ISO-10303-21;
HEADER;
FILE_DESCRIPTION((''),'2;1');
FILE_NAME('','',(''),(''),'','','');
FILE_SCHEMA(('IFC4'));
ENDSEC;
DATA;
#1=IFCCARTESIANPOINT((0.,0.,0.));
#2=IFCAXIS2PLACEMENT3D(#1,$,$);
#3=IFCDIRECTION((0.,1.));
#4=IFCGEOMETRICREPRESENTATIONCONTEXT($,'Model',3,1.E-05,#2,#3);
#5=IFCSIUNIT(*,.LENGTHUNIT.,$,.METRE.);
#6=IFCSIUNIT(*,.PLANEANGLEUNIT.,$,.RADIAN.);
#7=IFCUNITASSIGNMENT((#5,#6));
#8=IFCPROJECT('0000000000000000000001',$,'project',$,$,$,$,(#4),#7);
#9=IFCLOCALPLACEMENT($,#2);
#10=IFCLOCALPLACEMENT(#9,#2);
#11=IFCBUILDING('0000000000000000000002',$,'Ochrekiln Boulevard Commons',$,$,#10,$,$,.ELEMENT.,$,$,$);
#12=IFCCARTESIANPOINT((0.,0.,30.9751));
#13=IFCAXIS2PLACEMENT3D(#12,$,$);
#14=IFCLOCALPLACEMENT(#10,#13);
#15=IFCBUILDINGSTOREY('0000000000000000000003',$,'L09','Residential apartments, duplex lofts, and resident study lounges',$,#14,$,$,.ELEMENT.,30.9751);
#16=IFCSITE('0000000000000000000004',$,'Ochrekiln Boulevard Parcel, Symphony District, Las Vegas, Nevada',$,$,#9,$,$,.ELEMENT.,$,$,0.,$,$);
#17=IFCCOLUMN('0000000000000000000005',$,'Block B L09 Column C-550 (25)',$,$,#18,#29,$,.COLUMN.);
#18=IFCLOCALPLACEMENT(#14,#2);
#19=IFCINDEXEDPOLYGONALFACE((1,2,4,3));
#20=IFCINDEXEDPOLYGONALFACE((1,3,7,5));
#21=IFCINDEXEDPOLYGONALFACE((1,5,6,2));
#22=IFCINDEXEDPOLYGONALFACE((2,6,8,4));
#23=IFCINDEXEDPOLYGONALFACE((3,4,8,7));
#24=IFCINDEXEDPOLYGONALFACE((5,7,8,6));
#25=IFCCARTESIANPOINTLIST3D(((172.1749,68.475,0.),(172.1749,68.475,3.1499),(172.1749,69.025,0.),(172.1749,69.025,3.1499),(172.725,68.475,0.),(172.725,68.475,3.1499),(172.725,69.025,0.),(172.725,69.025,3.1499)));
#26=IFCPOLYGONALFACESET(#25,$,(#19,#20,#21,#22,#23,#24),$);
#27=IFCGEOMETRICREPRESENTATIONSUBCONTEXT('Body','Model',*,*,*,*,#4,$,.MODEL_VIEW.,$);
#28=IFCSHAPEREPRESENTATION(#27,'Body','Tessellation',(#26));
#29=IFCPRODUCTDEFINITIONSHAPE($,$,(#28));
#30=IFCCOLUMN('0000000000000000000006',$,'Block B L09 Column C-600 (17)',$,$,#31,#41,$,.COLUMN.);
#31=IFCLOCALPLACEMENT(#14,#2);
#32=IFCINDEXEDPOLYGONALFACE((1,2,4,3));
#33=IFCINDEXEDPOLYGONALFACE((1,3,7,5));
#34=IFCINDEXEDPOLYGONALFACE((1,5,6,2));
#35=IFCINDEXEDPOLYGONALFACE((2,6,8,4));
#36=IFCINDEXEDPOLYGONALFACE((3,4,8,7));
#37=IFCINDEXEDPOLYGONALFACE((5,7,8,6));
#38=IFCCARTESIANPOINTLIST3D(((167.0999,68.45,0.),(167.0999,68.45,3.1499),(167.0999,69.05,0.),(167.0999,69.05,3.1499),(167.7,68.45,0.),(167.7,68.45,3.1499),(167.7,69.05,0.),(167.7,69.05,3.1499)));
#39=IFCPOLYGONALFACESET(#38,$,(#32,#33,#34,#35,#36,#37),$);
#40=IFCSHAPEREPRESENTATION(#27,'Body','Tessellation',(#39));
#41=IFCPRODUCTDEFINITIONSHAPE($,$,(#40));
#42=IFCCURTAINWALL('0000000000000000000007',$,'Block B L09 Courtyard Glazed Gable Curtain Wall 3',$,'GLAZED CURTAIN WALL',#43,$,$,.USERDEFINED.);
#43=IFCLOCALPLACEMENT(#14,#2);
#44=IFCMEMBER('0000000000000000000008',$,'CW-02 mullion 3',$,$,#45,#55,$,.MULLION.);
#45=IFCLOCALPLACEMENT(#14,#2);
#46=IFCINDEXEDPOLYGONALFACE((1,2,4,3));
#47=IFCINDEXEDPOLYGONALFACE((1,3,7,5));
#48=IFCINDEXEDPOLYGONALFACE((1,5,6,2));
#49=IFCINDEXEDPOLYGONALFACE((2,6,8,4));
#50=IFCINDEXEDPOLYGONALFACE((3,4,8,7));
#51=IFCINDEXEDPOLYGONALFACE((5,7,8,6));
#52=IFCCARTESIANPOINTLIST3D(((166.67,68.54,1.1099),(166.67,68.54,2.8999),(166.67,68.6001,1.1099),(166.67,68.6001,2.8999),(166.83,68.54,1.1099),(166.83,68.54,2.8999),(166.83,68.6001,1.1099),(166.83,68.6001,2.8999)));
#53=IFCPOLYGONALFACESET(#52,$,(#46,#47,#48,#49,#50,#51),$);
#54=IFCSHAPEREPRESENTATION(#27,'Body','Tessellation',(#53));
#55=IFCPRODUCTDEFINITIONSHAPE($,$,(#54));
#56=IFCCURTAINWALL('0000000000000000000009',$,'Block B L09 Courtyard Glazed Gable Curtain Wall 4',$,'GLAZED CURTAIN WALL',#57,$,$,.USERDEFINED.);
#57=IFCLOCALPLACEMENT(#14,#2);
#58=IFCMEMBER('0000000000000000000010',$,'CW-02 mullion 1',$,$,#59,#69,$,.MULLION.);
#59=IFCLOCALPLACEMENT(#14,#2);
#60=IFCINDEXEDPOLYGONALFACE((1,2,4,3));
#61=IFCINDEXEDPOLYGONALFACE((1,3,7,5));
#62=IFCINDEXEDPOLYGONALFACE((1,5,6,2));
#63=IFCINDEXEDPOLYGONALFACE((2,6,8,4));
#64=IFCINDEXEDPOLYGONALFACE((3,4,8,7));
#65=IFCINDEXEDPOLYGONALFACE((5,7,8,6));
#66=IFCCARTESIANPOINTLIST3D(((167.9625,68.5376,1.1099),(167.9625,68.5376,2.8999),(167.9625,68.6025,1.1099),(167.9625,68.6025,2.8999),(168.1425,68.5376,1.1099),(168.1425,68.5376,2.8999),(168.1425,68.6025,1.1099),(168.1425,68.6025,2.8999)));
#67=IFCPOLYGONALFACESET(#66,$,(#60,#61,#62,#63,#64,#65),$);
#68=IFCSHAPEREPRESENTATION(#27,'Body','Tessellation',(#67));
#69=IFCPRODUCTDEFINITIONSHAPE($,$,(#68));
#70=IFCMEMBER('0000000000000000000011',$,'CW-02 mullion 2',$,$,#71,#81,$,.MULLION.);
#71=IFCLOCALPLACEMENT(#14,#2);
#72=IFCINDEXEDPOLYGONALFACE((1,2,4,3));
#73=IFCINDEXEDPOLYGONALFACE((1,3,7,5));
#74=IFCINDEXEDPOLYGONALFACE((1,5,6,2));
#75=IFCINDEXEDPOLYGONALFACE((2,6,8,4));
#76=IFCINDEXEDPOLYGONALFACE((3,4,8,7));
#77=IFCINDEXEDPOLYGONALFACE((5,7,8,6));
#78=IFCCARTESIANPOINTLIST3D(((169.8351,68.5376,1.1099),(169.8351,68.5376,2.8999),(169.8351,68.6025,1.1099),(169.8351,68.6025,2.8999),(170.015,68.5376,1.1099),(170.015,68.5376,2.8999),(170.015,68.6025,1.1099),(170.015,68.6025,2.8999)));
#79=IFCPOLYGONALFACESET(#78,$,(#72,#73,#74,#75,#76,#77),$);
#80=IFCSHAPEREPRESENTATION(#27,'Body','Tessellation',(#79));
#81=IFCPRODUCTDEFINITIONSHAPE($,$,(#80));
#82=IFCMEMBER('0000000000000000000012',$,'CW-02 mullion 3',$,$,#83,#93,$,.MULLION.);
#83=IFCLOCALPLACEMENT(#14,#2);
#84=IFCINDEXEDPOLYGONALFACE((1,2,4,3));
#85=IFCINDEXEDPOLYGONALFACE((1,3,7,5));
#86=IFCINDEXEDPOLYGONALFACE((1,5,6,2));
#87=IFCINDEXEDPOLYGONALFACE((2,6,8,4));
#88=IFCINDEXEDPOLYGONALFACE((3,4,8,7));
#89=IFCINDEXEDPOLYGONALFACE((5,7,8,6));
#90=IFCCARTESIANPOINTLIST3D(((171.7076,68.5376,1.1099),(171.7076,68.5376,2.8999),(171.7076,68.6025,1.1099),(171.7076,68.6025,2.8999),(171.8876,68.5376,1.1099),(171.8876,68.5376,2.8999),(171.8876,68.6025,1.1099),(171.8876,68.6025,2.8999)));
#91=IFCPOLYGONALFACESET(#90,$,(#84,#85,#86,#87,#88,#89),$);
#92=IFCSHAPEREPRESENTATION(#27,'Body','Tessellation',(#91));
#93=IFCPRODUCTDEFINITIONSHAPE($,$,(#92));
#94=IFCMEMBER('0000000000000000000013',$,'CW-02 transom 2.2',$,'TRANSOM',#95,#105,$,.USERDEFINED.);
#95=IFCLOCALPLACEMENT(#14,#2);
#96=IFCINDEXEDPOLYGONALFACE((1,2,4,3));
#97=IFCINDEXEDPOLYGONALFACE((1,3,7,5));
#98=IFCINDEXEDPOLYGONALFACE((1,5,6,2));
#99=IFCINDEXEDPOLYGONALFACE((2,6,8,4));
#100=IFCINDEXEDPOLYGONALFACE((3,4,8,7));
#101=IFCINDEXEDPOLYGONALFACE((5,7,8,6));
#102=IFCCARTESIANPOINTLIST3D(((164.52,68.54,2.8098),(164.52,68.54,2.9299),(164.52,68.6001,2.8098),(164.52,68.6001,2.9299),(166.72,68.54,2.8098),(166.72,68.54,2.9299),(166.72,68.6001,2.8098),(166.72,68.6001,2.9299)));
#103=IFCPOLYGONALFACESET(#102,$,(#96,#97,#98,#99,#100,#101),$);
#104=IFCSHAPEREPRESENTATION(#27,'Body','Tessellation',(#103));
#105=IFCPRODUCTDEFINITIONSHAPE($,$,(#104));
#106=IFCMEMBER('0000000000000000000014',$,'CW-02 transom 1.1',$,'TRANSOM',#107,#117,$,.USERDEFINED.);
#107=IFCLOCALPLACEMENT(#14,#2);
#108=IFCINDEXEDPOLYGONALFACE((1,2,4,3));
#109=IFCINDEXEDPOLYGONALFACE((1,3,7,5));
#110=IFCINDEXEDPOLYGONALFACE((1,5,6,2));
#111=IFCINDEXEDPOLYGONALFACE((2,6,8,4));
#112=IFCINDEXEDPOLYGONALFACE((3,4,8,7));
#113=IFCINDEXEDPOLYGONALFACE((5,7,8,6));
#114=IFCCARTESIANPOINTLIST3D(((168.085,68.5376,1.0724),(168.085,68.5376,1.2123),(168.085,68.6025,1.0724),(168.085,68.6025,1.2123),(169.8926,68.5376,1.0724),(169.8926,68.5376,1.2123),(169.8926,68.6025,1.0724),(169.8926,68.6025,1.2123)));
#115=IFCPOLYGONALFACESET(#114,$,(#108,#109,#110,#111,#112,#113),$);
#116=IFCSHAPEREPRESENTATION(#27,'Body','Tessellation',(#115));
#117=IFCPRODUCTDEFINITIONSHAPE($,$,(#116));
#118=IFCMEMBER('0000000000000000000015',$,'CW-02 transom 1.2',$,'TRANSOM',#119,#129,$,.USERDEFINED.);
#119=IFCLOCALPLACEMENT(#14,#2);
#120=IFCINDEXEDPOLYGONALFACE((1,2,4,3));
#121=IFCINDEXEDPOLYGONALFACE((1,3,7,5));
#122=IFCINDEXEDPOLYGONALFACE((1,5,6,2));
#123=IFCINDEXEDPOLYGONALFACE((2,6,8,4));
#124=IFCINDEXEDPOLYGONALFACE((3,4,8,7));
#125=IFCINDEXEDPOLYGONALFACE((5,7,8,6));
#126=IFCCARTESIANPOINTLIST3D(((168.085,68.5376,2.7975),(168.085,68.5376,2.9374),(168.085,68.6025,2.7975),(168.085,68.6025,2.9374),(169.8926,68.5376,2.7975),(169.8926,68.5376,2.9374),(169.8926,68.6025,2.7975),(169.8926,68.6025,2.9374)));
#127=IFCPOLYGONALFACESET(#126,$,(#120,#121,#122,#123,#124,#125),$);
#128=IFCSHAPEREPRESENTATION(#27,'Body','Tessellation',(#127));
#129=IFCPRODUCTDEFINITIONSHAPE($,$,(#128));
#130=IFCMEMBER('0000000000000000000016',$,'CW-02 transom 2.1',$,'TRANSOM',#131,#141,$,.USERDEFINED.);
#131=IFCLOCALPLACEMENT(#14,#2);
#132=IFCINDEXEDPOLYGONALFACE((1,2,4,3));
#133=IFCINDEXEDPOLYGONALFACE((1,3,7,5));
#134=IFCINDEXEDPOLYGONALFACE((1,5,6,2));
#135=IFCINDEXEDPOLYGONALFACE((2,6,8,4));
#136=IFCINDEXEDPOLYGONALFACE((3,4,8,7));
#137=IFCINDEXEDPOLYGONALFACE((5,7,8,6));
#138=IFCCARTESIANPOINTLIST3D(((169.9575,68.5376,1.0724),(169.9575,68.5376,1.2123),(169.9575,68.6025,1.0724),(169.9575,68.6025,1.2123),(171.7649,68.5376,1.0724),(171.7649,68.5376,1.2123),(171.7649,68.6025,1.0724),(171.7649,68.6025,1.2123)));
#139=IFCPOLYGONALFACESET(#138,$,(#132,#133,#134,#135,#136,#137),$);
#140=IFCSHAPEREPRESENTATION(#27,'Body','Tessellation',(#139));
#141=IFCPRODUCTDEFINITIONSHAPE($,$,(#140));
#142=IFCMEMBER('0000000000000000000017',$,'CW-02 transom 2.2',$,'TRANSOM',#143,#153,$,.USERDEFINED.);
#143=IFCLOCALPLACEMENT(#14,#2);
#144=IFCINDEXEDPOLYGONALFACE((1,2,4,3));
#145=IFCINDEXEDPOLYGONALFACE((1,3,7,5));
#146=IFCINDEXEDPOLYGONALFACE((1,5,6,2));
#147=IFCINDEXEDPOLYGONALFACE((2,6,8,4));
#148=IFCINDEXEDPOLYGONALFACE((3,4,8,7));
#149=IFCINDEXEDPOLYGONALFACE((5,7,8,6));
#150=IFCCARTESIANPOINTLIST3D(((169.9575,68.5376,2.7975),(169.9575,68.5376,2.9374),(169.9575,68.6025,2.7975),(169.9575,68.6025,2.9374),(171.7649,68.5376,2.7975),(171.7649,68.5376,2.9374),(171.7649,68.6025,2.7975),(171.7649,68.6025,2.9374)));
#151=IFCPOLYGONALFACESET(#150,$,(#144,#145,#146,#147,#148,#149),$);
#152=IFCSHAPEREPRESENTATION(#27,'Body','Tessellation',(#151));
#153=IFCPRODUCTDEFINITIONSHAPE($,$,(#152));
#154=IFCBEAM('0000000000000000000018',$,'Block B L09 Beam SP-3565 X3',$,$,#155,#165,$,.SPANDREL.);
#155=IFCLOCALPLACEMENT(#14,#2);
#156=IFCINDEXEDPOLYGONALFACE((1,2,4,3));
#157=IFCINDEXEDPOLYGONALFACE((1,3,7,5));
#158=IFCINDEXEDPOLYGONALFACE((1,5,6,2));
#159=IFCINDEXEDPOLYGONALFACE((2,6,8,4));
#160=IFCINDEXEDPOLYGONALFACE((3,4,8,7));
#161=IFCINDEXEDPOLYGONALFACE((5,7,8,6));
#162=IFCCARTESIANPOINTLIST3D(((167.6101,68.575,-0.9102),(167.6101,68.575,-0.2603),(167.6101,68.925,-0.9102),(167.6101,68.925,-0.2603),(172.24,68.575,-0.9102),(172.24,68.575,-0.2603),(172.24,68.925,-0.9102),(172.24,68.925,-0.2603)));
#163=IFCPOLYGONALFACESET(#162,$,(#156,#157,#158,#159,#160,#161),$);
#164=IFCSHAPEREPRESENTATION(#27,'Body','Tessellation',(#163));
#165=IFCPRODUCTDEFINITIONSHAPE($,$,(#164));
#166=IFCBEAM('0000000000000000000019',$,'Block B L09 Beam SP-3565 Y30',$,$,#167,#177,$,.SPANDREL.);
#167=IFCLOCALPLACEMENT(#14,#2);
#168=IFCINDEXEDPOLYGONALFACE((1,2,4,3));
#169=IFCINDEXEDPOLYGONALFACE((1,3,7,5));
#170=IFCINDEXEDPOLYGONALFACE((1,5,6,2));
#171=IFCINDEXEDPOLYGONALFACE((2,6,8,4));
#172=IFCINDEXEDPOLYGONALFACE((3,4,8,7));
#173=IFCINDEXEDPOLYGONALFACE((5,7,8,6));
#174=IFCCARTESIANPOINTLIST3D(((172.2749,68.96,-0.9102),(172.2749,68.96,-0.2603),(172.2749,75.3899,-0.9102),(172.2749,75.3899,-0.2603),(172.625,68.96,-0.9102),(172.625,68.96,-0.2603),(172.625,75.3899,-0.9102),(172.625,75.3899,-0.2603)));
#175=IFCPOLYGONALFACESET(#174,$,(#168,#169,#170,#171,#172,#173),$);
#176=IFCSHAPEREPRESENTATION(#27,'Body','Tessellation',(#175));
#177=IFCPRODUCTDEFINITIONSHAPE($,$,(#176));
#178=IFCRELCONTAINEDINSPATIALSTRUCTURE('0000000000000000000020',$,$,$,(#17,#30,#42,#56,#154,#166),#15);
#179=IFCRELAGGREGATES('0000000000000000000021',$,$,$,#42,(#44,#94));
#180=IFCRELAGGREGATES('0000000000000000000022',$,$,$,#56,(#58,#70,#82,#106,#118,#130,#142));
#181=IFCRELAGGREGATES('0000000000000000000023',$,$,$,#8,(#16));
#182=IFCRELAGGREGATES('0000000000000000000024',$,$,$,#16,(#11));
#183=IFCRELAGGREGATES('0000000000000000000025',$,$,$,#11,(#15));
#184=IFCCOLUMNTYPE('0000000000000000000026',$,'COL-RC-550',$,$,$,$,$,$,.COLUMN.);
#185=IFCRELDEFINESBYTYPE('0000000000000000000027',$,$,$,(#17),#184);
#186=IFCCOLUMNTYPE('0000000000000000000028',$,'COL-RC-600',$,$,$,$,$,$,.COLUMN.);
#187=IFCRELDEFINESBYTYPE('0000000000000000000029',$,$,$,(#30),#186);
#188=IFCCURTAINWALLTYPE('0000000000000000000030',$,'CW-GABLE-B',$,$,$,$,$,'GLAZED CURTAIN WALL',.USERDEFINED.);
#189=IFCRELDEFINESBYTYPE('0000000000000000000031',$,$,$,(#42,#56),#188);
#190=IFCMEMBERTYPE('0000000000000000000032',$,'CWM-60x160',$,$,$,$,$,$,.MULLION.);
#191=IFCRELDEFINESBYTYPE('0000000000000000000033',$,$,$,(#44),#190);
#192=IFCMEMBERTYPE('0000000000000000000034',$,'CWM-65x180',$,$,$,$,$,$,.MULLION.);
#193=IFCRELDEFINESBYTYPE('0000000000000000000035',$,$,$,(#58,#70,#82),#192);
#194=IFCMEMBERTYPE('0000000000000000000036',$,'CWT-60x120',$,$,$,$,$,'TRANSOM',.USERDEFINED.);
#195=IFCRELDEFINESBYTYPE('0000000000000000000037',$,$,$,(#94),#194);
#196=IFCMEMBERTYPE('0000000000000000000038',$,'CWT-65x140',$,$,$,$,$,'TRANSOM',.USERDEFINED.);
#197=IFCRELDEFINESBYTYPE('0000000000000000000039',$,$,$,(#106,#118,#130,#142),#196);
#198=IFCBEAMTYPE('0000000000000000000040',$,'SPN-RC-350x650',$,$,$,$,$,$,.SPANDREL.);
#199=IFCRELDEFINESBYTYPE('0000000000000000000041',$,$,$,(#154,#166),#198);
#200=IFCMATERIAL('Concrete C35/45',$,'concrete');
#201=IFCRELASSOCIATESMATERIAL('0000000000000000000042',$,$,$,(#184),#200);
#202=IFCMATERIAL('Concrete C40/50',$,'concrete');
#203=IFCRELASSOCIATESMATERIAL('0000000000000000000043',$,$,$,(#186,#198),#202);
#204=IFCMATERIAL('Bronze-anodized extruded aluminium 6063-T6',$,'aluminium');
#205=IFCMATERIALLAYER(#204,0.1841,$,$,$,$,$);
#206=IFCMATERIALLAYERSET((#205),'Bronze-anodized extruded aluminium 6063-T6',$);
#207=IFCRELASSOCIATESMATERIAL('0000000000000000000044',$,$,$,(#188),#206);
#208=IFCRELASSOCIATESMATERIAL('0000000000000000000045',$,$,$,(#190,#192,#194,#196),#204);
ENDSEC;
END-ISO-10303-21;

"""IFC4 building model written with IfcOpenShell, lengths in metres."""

from ifc_helpers import new_model, si_unit, direction, frame, origin, origin_2d, place, context, subcontext, project, spatial, rectangle, extrude, material, layer, layer_set, material_profile, profile_set, type_object, element, aggregate, save


model = new_model("IFC4")

# Units and contexts
model_context = context("Model", 3, precision=1e-05, world=origin(), true_north=direction((0.0, 1.0)))
body_context = subcontext(model_context, "Body", "Model", "MODEL_VIEW")
ifc_project = project(units=[si_unit("LENGTHUNIT", "METRE"), si_unit("PLANEANGLEUNIT", "RADIAN")], contexts=[model_context])

# Site, building, storey
site_placement = place(None, origin())
site = spatial("IfcSite", under=ifc_project, at=site_placement, Name="Ochrekiln Boulevard Parcel, Symphony District, Las Vegas, Nevada", CompositionType="ELEMENT", RefElevation=0.0)
building_placement = place(site_placement, origin())
building = spatial("IfcBuilding", under=site, at=building_placement, Name="Ochrekiln Boulevard Commons", CompositionType="ELEMENT")
storey_placement = place(building_placement, frame((0.0, 0.0, 30.9751)))
storey = spatial("IfcBuildingStorey", under=building, at=storey_placement, Name="L09", Description="Residential apartments, duplex lofts, and resident study lounges", CompositionType="ELEMENT", Elevation=30.9751)

# Columns
ifc_material_1 = material(Name="Concrete C35/45", Category="concrete")
ifc_material_profile_1 = material_profile(ifc_material_1, rectangle(XDim=0.55, YDim=0.55, at=origin_2d()), Name="RC-COL-550x550")
ifc_profile_set_1 = profile_set([ifc_material_profile_1], Name="Concrete C35/45")
column_type_1 = type_object("IfcColumnType", Name="COL-RC-550", PredefinedType="COLUMN", material=ifc_profile_set_1)
column_1_placement = place(storey_placement, frame((172.45, 68.75, 0.0), z_axis=(0.0, 0.0, 1.0), x_axis=(1.0, 0.0, 0.0)))
element("IfcColumn", 1, at=column_1_placement, inside=storey, type_object=column_type_1, Name="Block B L09 Column C-550 (25)", PredefinedType="COLUMN", context=body_context, shape_type="SweptSolid", body=[
    extrude(rectangle(XDim=0.55, YDim=0.55, at=origin_2d()), origin(), (0.0, 0.0, 1.0), 3.1499),
])
ifc_material_2 = material(Name="Concrete C40/50", Category="concrete")
ifc_material_profile_2 = material_profile(ifc_material_2, rectangle(XDim=0.6001, YDim=0.6001, at=origin_2d()), Name="RC-COL-600x600")
ifc_profile_set_2 = profile_set([ifc_material_profile_2], Name="Concrete C40/50")
column_type_2 = type_object("IfcColumnType", Name="COL-RC-600", PredefinedType="COLUMN", material=ifc_profile_set_2)
column_2_placement = place(storey_placement, frame((167.3999, 68.75, 0.0), z_axis=(0.0, 0.0, 1.0), x_axis=(1.0, 0.0, 0.0)))
element("IfcColumn", 2, at=column_2_placement, inside=storey, type_object=column_type_2, Name="Block B L09 Column C-600 (17)", PredefinedType="COLUMN", context=body_context, shape_type="SweptSolid", body=[
    extrude(rectangle(XDim=0.6001, YDim=0.6001, at=origin_2d()), origin(), (0.0, 0.0, 1.0), 3.1499),
])

# Curtain wall, member
ifc_material_3 = material(Name="Bronze-anodized extruded aluminium 6063-T6", Category="aluminium")
ifc_layer_1 = layer(ifc_material_3, 0.1841)
ifc_layer_set_1 = layer_set([ifc_layer_1], Name="Bronze-anodized extruded aluminium 6063-T6")
curtain_wall_type = type_object("IfcCurtainWallType", Name="CW-GABLE-B", ElementType="GLAZED CURTAIN WALL", PredefinedType="USERDEFINED", material=ifc_layer_set_1)
curtain_wall_1_placement = place(storey_placement, origin())
curtain_wall_1 = element("IfcCurtainWall", 3, at=curtain_wall_1_placement, inside=storey, type_object=curtain_wall_type, Name="Block B L09 Courtyard Glazed Gable Curtain Wall 3", ObjectType="GLAZED CURTAIN WALL", PredefinedType="USERDEFINED")
ifc_material_profile_3 = material_profile(ifc_material_3, rectangle(XDim=0.0601, YDim=0.1599, at=origin_2d()), Name="ALU-MUL-60x160")
ifc_profile_set_3 = profile_set([ifc_material_profile_3], Name="Bronze-anodized extruded aluminium 6063-T6")
member_type_1 = type_object("IfcMemberType", Name="CWM-60x160", PredefinedType="MULLION", material=ifc_profile_set_3)
member_1_placement = place(storey_placement, frame((166.75, 68.5701, 1.1099), z_axis=(0.0, 0.0, 1.0), x_axis=(0.0, 1.0, 0.0)))
member_1 = element("IfcMember", 4, at=member_1_placement, type_object=member_type_1, Name="CW-02 mullion 3", PredefinedType="MULLION", context=body_context, shape_type="SweptSolid", body=[
    extrude(rectangle(XDim=0.0601, YDim=0.1599, at=origin_2d()), origin(), (0.0, 0.0, 1.0), 1.79),
])

# Curtain wall, members
curtain_wall_2_placement = place(storey_placement, origin())
curtain_wall_2 = element("IfcCurtainWall", 5, at=curtain_wall_2_placement, inside=storey, type_object=curtain_wall_type, Name="Block B L09 Courtyard Glazed Gable Curtain Wall 4", ObjectType="GLAZED CURTAIN WALL", PredefinedType="USERDEFINED")
ifc_material_profile_4 = material_profile(ifc_material_3, rectangle(XDim=0.0649, YDim=0.1799, at=origin_2d()), Name="ALU-MUL-65x180")
ifc_profile_set_4 = profile_set([ifc_material_profile_4], Name="Bronze-anodized extruded aluminium 6063-T6")
member_type_2 = type_object("IfcMemberType", Name="CWM-65x180", PredefinedType="MULLION", material=ifc_profile_set_4)
member_2_placement = place(storey_placement, frame((168.0525, 68.5701, 1.1099), z_axis=(0.0, 0.0, 1.0), x_axis=(0.0, 1.0, 0.0)))
member_2 = element("IfcMember", 6, at=member_2_placement, type_object=member_type_2, Name="CW-02 mullion 1", PredefinedType="MULLION", context=body_context, shape_type="SweptSolid", body=[
    extrude(rectangle(XDim=0.0649, YDim=0.1799, at=origin_2d()), origin(), (0.0, 0.0, 1.0), 1.79),
])
member_3_placement = place(storey_placement, frame((169.925, 68.5701, 1.1099), z_axis=(0.0, 0.0, 1.0), x_axis=(0.0, 1.0, 0.0)))
member_3 = element("IfcMember", 7, at=member_3_placement, type_object=member_type_2, Name="CW-02 mullion 2", PredefinedType="MULLION", context=body_context, shape_type="SweptSolid", body=[
    extrude(rectangle(XDim=0.0649, YDim=0.1799, at=origin_2d()), origin(), (0.0, 0.0, 1.0), 1.79),
])
member_4_placement = place(storey_placement, frame((171.7976, 68.5701, 1.1099), z_axis=(0.0, 0.0, 1.0), x_axis=(0.0, 1.0, 0.0)))
member_4 = element("IfcMember", 8, at=member_4_placement, type_object=member_type_2, Name="CW-02 mullion 3", PredefinedType="MULLION", context=body_context, shape_type="SweptSolid", body=[
    extrude(rectangle(XDim=0.0649, YDim=0.1799, at=origin_2d()), origin(), (0.0, 0.0, 1.0), 1.79),
])

# Members
ifc_material_profile_5 = material_profile(ifc_material_3, rectangle(XDim=0.0601, YDim=0.1201, at=origin_2d()), Name="ALU-TRN-60x120")
ifc_profile_set_5 = profile_set([ifc_material_profile_5], Name="Bronze-anodized extruded aluminium 6063-T6")
member_type_3 = type_object("IfcMemberType", Name="CWT-60x120", ElementType="TRANSOM", PredefinedType="USERDEFINED", material=ifc_profile_set_5)
member_5_placement = place(storey_placement, frame((164.52, 68.5701, 2.8699), z_axis=(1.0, 0.0, 0.0), x_axis=(0.0, 1.0, 0.0)))
member_5 = element("IfcMember", 9, at=member_5_placement, type_object=member_type_3, Name="CW-02 transom 2.2", ObjectType="TRANSOM", PredefinedType="USERDEFINED", context=body_context, shape_type="SweptSolid", body=[
    extrude(rectangle(XDim=0.0601, YDim=0.1201, at=origin_2d()), origin(), (0.0, 0.0, 1.0), 2.2),
])
ifc_material_profile_6 = material_profile(ifc_material_3, rectangle(XDim=0.0649, YDim=0.1399, at=origin_2d()), Name="ALU-TRN-65x140")
ifc_profile_set_6 = profile_set([ifc_material_profile_6], Name="Bronze-anodized extruded aluminium 6063-T6")
member_type_4 = type_object("IfcMemberType", Name="CWT-65x140", ElementType="TRANSOM", PredefinedType="USERDEFINED", material=ifc_profile_set_6)
member_6_placement = place(storey_placement, frame((168.085, 68.5701, 1.1423), z_axis=(1.0, 0.0, 0.0), x_axis=(0.0, 1.0, 0.0)))
member_6 = element("IfcMember", 10, at=member_6_placement, type_object=member_type_4, Name="CW-02 transom 1.1", ObjectType="TRANSOM", PredefinedType="USERDEFINED", context=body_context, shape_type="SweptSolid", body=[
    extrude(rectangle(XDim=0.0649, YDim=0.1399, at=origin_2d()), origin(), (0.0, 0.0, 1.0), 1.8076),
])
member_7_placement = place(storey_placement, frame((168.085, 68.5701, 2.8674), z_axis=(1.0, 0.0, 0.0), x_axis=(0.0, 1.0, 0.0)))
member_7 = element("IfcMember", 11, at=member_7_placement, type_object=member_type_4, Name="CW-02 transom 1.2", ObjectType="TRANSOM", PredefinedType="USERDEFINED", context=body_context, shape_type="SweptSolid", body=[
    extrude(rectangle(XDim=0.0649, YDim=0.1399, at=origin_2d()), origin(), (0.0, 0.0, 1.0), 1.8076),
])
member_8_placement = place(storey_placement, frame((169.9575, 68.5701, 1.1423), z_axis=(1.0, 0.0, 0.0), x_axis=(0.0, 1.0, 0.0)))
member_8 = element("IfcMember", 12, at=member_8_placement, type_object=member_type_4, Name="CW-02 transom 2.1", ObjectType="TRANSOM", PredefinedType="USERDEFINED", context=body_context, shape_type="SweptSolid", body=[
    extrude(rectangle(XDim=0.0649, YDim=0.1399, at=origin_2d()), origin(), (0.0, 0.0, 1.0), 1.8074),
])
member_9_placement = place(storey_placement, frame((169.9575, 68.5701, 2.8674), z_axis=(1.0, 0.0, 0.0), x_axis=(0.0, 1.0, 0.0)))
member_9 = element("IfcMember", 13, at=member_9_placement, type_object=member_type_4, Name="CW-02 transom 2.2", ObjectType="TRANSOM", PredefinedType="USERDEFINED", context=body_context, shape_type="SweptSolid", body=[
    extrude(rectangle(XDim=0.0649, YDim=0.1399, at=origin_2d()), origin(), (0.0, 0.0, 1.0), 1.8074),
])

# Beams
ifc_material_profile_7 = material_profile(ifc_material_2, rectangle(XDim=0.3501, YDim=0.6499, at=origin_2d()), Name="RC-SPN-350x650")
ifc_profile_set_7 = profile_set([ifc_material_profile_7], Name="Concrete C40/50")
beam_type = type_object("IfcBeamType", Name="SPN-RC-350x650", PredefinedType="SPANDREL", material=ifc_profile_set_7)
beam_1_placement = place(storey_placement, frame((167.6101, 68.75, -0.5852), z_axis=(1.0, 0.0, 0.0), x_axis=(0.0, 1.0, 0.0)))
element("IfcBeam", 14, at=beam_1_placement, inside=storey, type_object=beam_type, Name="Block B L09 Beam SP-3565 X3", PredefinedType="SPANDREL", context=body_context, shape_type="SweptSolid", body=[
    extrude(rectangle(XDim=0.3501, YDim=0.6499, at=origin_2d()), origin(), (0.0, 0.0, 1.0), 4.6299),
])
beam_2_placement = place(storey_placement, frame((172.45, 68.96, -0.5852), z_axis=(0.0, 1.0, 0.0), x_axis=(-1.0, 0.0, 0.0)))
element("IfcBeam", 15, at=beam_2_placement, inside=storey, type_object=beam_type, Name="Block B L09 Beam SP-3565 Y30", PredefinedType="SPANDREL", context=body_context, shape_type="SweptSolid", body=[
    extrude(rectangle(XDim=0.3501, YDim=0.6499, at=origin_2d()), origin(), (0.0, 0.0, 1.0), 6.4299),
])

aggregate(curtain_wall_1, [member_1, member_5])
aggregate(curtain_wall_2, [member_2, member_3, member_4, member_6, member_7, member_8, member_9])

save(model, "model.ifc")
